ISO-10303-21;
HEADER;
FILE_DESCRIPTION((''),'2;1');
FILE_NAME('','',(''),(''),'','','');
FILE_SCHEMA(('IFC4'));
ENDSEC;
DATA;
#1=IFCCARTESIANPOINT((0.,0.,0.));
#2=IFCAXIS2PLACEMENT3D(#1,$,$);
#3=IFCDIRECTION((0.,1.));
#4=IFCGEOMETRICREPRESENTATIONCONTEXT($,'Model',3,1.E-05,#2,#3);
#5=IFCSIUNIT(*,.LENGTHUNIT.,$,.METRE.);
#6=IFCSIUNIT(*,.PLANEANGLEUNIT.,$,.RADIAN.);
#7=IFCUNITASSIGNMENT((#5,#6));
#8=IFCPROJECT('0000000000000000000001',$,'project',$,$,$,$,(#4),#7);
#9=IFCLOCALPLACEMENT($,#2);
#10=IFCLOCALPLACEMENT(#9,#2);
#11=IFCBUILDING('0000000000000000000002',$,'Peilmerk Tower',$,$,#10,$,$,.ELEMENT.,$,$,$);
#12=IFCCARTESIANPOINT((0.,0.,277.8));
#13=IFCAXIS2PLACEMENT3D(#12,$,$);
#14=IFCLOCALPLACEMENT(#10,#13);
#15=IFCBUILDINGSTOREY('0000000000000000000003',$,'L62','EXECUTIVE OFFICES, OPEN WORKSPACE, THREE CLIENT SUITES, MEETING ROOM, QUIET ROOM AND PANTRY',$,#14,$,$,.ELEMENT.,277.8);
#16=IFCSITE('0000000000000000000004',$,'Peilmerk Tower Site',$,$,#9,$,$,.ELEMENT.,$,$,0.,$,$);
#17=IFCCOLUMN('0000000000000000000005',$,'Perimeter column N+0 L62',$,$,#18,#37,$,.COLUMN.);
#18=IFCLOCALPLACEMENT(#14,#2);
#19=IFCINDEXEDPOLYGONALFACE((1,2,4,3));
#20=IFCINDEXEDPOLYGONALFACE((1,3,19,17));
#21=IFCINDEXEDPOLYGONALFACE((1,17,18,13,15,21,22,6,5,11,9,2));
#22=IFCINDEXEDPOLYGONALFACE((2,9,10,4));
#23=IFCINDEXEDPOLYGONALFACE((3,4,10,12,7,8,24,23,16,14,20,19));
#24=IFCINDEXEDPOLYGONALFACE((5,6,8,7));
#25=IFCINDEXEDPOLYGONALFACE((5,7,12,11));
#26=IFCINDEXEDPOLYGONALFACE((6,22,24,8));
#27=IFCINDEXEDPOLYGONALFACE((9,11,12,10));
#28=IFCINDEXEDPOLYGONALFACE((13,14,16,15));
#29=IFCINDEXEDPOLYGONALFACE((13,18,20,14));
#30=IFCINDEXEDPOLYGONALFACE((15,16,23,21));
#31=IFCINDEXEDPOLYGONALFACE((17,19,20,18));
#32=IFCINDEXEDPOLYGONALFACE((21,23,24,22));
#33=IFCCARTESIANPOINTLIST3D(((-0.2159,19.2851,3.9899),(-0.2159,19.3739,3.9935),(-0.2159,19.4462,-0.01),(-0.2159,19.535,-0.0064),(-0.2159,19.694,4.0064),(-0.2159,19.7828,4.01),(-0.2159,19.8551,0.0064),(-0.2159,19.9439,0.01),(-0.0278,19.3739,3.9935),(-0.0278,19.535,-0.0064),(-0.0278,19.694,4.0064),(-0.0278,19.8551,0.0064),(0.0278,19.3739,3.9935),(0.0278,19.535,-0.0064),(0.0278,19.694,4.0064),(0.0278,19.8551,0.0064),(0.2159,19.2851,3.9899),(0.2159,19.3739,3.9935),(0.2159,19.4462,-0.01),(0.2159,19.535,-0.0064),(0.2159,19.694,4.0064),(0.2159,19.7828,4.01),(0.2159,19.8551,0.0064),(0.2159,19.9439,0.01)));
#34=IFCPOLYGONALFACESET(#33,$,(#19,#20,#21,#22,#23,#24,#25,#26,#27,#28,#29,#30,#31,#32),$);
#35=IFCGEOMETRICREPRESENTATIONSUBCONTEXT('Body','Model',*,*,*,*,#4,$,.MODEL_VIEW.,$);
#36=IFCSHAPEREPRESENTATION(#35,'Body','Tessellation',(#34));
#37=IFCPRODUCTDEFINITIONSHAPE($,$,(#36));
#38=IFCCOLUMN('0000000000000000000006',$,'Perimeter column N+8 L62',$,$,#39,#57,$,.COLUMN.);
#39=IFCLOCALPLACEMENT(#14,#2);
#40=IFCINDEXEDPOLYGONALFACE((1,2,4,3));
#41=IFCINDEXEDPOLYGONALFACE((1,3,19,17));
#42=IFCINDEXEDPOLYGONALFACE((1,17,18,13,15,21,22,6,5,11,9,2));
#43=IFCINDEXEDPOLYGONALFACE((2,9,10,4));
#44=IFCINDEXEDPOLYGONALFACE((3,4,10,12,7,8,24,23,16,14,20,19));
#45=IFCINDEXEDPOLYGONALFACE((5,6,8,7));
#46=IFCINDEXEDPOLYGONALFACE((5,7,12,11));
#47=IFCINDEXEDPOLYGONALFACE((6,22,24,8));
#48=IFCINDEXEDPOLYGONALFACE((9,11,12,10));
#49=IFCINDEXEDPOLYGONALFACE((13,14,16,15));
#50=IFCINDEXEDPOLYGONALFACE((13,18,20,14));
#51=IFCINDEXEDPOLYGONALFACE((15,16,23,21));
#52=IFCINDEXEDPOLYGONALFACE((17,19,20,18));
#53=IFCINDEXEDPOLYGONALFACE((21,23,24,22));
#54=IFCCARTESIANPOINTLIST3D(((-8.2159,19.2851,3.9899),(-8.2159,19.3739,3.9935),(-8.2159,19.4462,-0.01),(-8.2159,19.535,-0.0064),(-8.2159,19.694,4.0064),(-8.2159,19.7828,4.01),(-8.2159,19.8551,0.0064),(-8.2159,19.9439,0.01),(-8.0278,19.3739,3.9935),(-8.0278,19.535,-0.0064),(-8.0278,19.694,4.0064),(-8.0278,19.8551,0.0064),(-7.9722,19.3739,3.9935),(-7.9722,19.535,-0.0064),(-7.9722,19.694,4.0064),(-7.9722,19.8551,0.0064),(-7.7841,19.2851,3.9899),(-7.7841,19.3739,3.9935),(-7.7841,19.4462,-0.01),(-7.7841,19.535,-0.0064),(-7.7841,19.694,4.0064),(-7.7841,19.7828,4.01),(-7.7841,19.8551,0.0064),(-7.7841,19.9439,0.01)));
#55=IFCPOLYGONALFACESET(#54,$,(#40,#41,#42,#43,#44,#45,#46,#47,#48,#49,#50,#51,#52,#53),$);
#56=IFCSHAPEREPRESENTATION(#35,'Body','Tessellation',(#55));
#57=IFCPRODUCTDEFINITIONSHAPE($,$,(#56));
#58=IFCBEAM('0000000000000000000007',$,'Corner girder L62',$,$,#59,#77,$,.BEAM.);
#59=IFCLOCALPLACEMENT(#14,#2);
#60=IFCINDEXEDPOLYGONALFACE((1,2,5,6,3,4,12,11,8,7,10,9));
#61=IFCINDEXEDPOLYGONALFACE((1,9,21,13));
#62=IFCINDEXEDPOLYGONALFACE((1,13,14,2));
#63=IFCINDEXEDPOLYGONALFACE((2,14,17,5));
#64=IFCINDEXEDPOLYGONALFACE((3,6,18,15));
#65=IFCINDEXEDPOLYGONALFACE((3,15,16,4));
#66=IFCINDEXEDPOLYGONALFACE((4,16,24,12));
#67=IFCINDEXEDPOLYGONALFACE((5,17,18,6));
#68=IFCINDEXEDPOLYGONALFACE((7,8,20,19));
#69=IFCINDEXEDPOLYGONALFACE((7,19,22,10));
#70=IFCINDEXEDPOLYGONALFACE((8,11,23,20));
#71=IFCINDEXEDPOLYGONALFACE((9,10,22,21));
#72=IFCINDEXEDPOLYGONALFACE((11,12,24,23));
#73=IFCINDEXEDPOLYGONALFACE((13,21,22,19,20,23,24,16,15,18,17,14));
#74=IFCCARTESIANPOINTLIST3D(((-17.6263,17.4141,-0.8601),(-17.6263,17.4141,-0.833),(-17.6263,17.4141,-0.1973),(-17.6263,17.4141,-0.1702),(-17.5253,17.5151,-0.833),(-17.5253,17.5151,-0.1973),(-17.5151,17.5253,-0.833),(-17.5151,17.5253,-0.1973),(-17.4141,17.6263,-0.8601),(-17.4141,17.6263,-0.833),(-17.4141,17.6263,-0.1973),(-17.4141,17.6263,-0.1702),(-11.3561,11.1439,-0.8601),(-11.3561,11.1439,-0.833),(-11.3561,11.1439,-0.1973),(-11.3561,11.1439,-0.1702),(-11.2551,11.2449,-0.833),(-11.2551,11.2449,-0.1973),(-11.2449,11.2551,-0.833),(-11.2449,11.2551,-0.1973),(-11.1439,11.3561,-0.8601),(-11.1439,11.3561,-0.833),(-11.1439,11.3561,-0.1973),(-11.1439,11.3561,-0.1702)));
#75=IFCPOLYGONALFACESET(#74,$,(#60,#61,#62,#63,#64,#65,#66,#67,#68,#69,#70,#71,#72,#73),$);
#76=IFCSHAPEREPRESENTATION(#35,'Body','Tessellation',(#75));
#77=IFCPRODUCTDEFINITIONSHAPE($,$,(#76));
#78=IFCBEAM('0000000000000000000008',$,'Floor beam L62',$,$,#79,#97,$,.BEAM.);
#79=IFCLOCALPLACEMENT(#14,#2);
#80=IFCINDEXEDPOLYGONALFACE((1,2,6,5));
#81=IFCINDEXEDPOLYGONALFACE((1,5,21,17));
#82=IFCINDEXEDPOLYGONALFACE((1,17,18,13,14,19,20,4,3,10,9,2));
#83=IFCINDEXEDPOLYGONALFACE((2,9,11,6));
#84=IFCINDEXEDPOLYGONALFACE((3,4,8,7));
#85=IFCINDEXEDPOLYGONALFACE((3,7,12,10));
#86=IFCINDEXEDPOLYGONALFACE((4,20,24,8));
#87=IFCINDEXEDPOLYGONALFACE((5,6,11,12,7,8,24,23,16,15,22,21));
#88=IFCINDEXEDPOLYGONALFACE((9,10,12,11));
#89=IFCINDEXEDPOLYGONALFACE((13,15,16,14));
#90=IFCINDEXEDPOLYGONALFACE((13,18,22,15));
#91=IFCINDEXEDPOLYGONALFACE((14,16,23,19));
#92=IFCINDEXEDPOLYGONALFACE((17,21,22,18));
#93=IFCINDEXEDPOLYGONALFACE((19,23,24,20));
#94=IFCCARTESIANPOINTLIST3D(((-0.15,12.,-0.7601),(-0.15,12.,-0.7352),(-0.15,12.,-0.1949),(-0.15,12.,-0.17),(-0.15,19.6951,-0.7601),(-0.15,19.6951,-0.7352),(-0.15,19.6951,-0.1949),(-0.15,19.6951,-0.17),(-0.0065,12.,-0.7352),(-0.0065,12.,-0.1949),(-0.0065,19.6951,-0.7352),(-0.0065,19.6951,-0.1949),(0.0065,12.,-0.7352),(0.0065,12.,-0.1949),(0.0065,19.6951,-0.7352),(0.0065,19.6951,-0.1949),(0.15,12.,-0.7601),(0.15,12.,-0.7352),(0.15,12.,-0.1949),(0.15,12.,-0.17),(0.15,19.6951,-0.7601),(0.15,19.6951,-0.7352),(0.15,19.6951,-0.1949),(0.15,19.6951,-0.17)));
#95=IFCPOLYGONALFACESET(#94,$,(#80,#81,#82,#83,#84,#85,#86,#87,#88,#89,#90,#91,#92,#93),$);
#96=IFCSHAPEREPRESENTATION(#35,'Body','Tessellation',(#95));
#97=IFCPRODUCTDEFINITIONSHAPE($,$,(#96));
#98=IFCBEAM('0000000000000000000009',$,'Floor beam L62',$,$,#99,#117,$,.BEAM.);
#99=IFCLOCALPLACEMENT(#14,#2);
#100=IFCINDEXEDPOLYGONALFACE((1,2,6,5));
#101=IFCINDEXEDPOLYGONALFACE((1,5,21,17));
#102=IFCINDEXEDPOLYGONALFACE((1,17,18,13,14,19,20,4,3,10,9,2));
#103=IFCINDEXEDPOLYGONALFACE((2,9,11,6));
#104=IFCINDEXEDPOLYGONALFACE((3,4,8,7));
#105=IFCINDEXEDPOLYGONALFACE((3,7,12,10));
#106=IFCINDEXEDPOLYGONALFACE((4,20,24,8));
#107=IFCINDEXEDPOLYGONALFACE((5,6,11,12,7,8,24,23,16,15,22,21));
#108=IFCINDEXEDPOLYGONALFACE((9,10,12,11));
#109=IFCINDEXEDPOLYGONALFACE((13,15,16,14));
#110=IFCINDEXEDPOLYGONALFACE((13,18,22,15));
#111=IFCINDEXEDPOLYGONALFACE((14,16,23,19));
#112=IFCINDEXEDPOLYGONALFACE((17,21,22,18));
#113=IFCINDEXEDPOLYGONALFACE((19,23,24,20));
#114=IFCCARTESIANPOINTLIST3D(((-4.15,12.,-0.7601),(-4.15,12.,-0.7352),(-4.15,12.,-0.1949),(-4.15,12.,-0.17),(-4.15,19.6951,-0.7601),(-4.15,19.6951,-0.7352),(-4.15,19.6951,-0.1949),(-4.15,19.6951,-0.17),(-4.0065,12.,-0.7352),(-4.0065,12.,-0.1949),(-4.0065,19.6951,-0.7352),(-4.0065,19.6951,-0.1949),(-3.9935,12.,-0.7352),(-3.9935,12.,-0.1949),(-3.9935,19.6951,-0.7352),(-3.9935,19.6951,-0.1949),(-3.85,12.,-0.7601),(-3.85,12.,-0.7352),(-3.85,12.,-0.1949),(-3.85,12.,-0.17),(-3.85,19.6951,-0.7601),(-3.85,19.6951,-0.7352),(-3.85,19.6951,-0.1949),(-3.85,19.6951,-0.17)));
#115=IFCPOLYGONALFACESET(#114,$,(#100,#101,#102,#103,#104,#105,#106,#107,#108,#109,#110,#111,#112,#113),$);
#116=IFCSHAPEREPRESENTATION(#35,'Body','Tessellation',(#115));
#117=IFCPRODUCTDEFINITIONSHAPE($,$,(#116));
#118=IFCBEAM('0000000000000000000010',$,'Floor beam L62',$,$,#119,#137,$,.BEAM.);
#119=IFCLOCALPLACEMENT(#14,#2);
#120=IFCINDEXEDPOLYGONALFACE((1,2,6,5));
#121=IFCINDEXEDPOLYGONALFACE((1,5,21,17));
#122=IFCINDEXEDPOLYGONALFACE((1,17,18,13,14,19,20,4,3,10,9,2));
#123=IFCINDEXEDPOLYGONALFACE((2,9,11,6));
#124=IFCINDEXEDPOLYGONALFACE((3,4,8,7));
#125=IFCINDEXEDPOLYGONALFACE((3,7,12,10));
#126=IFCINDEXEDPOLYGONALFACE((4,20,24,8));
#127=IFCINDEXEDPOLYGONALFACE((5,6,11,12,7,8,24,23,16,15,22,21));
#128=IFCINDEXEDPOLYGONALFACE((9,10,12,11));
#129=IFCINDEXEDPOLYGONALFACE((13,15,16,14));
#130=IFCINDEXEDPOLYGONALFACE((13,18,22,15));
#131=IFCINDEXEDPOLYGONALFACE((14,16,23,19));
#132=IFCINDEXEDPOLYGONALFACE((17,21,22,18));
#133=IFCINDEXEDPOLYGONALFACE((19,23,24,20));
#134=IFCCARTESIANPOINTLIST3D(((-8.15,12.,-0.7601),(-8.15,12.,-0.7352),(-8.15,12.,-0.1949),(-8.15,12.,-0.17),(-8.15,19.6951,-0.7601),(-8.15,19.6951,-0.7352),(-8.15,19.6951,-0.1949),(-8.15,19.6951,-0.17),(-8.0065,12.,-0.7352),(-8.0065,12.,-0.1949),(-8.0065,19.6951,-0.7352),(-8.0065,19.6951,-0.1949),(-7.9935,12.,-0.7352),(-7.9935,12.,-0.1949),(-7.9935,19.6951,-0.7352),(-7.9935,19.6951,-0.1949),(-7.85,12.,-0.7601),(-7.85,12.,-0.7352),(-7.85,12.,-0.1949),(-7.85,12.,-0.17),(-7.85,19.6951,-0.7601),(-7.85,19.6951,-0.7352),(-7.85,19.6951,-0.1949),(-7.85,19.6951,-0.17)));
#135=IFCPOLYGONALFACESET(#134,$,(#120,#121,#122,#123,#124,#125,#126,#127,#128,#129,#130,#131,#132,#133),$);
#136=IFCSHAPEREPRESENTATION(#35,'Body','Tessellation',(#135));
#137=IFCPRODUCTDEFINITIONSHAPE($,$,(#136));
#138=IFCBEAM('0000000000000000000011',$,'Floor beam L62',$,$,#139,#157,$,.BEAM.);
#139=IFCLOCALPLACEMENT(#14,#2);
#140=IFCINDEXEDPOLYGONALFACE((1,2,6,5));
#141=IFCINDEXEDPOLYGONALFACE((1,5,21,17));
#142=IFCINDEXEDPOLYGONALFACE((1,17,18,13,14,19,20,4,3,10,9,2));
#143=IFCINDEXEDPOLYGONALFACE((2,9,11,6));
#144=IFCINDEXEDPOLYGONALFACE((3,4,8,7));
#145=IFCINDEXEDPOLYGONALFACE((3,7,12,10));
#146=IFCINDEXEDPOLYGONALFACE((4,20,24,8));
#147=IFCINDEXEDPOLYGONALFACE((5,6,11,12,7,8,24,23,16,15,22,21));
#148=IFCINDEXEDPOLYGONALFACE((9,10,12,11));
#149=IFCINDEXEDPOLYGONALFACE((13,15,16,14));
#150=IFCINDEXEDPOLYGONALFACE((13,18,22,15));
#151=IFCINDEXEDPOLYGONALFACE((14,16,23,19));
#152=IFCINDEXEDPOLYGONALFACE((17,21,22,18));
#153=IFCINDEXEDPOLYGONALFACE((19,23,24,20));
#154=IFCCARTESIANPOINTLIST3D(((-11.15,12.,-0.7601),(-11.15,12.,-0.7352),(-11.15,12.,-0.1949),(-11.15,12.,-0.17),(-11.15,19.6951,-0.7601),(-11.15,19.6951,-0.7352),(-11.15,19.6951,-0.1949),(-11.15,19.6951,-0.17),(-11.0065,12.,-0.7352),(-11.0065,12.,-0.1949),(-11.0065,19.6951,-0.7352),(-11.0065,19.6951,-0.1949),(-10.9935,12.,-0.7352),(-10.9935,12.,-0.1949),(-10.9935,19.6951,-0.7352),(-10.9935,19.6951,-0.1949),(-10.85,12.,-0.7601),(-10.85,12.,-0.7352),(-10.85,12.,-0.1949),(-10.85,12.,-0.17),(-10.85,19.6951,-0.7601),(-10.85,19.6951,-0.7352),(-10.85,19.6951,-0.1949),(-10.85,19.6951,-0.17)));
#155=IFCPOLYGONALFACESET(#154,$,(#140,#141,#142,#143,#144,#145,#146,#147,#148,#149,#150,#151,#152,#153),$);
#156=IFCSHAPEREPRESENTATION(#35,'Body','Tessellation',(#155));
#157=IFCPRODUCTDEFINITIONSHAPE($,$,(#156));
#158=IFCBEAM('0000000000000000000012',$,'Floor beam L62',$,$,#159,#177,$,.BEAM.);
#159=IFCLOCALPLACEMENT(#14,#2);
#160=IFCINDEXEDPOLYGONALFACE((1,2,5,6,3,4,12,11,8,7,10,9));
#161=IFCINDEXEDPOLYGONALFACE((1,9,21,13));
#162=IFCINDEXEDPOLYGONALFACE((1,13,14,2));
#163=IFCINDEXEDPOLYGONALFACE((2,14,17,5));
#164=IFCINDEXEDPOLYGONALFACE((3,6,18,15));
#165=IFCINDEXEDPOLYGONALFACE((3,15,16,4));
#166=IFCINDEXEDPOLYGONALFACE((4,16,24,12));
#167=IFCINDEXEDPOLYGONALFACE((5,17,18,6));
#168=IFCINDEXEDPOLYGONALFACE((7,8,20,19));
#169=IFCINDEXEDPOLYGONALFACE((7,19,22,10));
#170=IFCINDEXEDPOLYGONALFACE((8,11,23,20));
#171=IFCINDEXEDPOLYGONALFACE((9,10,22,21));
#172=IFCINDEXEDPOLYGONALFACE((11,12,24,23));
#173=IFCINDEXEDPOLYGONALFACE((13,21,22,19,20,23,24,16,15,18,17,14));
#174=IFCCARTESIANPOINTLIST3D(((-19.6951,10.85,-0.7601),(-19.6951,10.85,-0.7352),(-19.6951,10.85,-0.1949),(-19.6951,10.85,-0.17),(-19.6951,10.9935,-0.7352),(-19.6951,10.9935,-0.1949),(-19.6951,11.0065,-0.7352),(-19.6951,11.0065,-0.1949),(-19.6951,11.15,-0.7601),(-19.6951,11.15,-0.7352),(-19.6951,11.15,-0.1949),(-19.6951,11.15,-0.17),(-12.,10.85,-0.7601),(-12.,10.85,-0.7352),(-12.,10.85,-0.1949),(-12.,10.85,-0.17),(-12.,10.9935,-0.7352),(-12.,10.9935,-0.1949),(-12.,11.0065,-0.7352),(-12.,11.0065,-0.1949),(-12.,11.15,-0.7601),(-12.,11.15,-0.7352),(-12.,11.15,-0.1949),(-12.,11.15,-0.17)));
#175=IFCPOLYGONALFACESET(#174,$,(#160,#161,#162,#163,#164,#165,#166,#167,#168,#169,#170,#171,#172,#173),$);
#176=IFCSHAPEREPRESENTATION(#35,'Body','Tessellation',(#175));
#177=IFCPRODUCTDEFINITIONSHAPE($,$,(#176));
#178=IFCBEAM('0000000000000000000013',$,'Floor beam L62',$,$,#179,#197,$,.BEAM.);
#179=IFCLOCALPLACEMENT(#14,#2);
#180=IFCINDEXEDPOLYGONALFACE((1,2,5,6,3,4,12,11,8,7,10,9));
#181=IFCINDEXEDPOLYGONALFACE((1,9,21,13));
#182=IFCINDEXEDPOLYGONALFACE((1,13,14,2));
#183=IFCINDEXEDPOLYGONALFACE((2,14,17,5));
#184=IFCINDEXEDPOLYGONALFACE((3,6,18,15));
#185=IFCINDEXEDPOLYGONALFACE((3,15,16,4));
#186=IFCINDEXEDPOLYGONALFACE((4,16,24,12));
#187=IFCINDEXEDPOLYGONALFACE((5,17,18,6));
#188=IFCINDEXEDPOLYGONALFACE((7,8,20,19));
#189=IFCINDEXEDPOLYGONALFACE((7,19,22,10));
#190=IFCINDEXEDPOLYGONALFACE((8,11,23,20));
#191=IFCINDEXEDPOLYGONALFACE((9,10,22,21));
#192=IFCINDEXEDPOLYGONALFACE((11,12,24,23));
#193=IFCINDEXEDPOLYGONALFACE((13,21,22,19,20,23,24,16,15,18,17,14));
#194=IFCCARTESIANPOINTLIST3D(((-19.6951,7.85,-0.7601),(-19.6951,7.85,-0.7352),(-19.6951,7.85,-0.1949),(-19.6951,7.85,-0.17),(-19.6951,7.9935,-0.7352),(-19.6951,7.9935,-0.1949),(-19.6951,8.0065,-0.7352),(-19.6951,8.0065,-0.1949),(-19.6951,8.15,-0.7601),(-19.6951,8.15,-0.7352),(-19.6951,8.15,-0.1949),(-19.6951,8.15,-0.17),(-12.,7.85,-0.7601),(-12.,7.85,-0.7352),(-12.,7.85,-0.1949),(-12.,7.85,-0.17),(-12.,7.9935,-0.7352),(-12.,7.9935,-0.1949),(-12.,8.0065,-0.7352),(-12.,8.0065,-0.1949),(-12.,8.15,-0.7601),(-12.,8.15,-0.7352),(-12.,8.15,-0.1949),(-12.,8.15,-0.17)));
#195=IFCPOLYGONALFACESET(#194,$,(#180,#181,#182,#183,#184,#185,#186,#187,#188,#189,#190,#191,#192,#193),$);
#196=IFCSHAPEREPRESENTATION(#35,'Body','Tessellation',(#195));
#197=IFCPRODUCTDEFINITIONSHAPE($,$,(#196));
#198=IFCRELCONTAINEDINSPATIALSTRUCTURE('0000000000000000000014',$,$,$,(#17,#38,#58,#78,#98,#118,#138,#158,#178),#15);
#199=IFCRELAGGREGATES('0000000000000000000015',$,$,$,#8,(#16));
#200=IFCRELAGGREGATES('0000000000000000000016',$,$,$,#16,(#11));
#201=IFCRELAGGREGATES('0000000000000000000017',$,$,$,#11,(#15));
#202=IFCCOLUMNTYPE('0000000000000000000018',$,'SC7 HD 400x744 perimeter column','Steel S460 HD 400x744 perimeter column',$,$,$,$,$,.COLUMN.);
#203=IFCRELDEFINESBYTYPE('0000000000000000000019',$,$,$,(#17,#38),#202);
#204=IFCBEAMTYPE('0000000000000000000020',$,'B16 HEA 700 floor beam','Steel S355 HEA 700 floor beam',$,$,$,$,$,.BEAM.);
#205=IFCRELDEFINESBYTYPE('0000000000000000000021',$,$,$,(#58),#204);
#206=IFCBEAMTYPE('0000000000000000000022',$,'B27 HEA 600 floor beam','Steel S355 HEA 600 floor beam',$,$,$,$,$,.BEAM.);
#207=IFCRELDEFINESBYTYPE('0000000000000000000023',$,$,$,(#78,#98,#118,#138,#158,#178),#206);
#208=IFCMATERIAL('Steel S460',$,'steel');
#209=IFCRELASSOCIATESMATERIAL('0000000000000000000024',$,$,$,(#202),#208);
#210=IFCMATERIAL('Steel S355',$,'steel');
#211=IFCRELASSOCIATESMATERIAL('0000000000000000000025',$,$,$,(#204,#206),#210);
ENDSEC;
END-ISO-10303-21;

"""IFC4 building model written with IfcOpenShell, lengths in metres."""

from ifc_helpers import new_model, si_unit, direction, frame, origin, origin_2d, place, context, subcontext, project, spatial, i_section, extrude, material, material_profile, profile_set, type_object, element, save


model = new_model("IFC4")

# Units and contexts
model_context = context("Model", 3, precision=1e-05, world=origin(), true_north=direction((0.0, 1.0)))
body_context = subcontext(model_context, "Body", "Model", "MODEL_VIEW")
ifc_project = project(units=[si_unit("LENGTHUNIT", "METRE"), si_unit("PLANEANGLEUNIT", "RADIAN")], contexts=[model_context])

# Site, building, storey
site_placement = place(None, origin())
site = spatial("IfcSite", under=ifc_project, at=site_placement, Name="Peilmerk Tower Site", CompositionType="ELEMENT", RefElevation=0.0)
building_placement = place(site_placement, origin())
building = spatial("IfcBuilding", under=site, at=building_placement, Name="Peilmerk Tower", CompositionType="ELEMENT")
storey_placement = place(building_placement, frame((0.0, 0.0, 277.8)))
storey = spatial("IfcBuildingStorey", under=building, at=storey_placement, Name="L62", Description="EXECUTIVE OFFICES, OPEN WORKSPACE, THREE CLIENT SUITES, MEETING ROOM, QUIET ROOM AND PANTRY", CompositionType="ELEMENT", Elevation=277.8)

# Columns
ifc_material_1 = material(Name="Steel S460", Category="steel")
ifc_material_profile_1 = material_profile(ifc_material_1, i_section(OverallWidth=0.4319, OverallDepth=0.498, WebThickness=0.0557, FlangeThickness=0.0889, at=origin_2d()), Name="HD 400x744")
ifc_profile_set_1 = profile_set([ifc_material_profile_1], Name="Steel S460")
column_type = type_object("IfcColumnType", Name="SC7 HD 400x744 perimeter column", Description="Steel S460 HD 400x744 perimeter column", PredefinedType="COLUMN", material=ifc_profile_set_1)
for number, where, z_axis, x_axis, name in (
    (1, (0.0, 19.6951, 0.0), (0.0, -0.040251, 0.99919), (1.0, 0.0, 0.0), "Perimeter column N+0 L62"),
    (2, (-8.0, 19.6951, 0.0), (0.0, -0.040251, 0.99919), (1.0, 0.0, 0.0), "Perimeter column N+8 L62"),
):
    element("IfcColumn", number, at=place(storey_placement, frame(where, z_axis=z_axis, x_axis=x_axis)), inside=storey, type_object=column_type, Name=name, PredefinedType="COLUMN", context=body_context, shape_type="SweptSolid", body=[
        extrude(i_section(OverallWidth=0.4319, OverallDepth=0.498, WebThickness=0.0557, FlangeThickness=0.0889, at=origin_2d()), origin(), (0.0, 0.0, 1.0), 4.0032),
    ])

# Beams
ifc_material_2 = material(Name="Steel S355", Category="steel")
ifc_material_profile_2 = material_profile(ifc_material_2, i_section(OverallWidth=0.3, OverallDepth=0.6899, WebThickness=0.0144, FlangeThickness=0.0271, at=origin_2d()), Name="HEA 700")
ifc_profile_set_2 = profile_set([ifc_material_profile_2], Name="Steel S355")
beam_type_1 = type_object("IfcBeamType", Name="B16 HEA 700 floor beam", Description="Steel S355 HEA 700 floor beam", PredefinedType="BEAM", material=ifc_profile_set_2)
beam_1_placement = place(storey_placement, frame((-11.25, 11.25, -0.5151), z_axis=(-0.707107, 0.707107, 0.0), x_axis=(-0.707107, -0.707107, 0.0)))
element("IfcBeam", 3, at=beam_1_placement, inside=storey, type_object=beam_type_1, Name="Corner girder L62", PredefinedType="BEAM", context=body_context, shape_type="SweptSolid", body=[
    extrude(i_section(OverallWidth=0.3, OverallDepth=0.6899, WebThickness=0.0144, FlangeThickness=0.0271, at=origin_2d()), origin(), (0.0, 0.0, 1.0), 8.8674),
])
ifc_material_profile_3 = material_profile(ifc_material_2, i_section(OverallWidth=0.3, OverallDepth=0.5901, WebThickness=0.0129, FlangeThickness=0.0249, at=origin_2d()), Name="HEA 600")
ifc_profile_set_3 = profile_set([ifc_material_profile_3], Name="Steel S355")
beam_type_2 = type_object("IfcBeamType", Name="B27 HEA 600 floor beam", Description="Steel S355 HEA 600 floor beam", PredefinedType="BEAM", material=ifc_profile_set_3)
for number, where, z_axis, x_axis, name in (
    (4, (0.0, 12.0, -0.4651), (0.0, 1.0, 0.0), (-1.0, 0.0, 0.0), "Floor beam L62"),
    (5, (-4.0, 12.0, -0.4651), (0.0, 1.0, 0.0), (-1.0, 0.0, 0.0), "Floor beam L62"),
    (6, (-8.0, 12.0, -0.4651), (0.0, 1.0, 0.0), (-1.0, 0.0, 0.0), "Floor beam L62"),
    (7, (-11.0, 12.0, -0.4651), (0.0, 1.0, 0.0), (-1.0, 0.0, 0.0), "Floor beam L62"),
    (8, (-12.0, 11.0, -0.4651), (-1.0, 0.0, 0.0), (0.0, -1.0, 0.0), "Floor beam L62"),
    (9, (-12.0, 8.0, -0.4651), (-1.0, 0.0, 0.0), (0.0, -1.0, 0.0), "Floor beam L62"),
):
    element("IfcBeam", number, at=place(storey_placement, frame(where, z_axis=z_axis, x_axis=x_axis)), inside=storey, type_object=beam_type_2, Name=name, PredefinedType="BEAM", context=body_context, shape_type="SweptSolid", body=[
        extrude(i_section(OverallWidth=0.3, OverallDepth=0.5901, WebThickness=0.0129, FlangeThickness=0.0249, at=origin_2d()), origin(), (0.0, 0.0, 1.0), 7.6951),
    ])

save(model, "model.ifc")
